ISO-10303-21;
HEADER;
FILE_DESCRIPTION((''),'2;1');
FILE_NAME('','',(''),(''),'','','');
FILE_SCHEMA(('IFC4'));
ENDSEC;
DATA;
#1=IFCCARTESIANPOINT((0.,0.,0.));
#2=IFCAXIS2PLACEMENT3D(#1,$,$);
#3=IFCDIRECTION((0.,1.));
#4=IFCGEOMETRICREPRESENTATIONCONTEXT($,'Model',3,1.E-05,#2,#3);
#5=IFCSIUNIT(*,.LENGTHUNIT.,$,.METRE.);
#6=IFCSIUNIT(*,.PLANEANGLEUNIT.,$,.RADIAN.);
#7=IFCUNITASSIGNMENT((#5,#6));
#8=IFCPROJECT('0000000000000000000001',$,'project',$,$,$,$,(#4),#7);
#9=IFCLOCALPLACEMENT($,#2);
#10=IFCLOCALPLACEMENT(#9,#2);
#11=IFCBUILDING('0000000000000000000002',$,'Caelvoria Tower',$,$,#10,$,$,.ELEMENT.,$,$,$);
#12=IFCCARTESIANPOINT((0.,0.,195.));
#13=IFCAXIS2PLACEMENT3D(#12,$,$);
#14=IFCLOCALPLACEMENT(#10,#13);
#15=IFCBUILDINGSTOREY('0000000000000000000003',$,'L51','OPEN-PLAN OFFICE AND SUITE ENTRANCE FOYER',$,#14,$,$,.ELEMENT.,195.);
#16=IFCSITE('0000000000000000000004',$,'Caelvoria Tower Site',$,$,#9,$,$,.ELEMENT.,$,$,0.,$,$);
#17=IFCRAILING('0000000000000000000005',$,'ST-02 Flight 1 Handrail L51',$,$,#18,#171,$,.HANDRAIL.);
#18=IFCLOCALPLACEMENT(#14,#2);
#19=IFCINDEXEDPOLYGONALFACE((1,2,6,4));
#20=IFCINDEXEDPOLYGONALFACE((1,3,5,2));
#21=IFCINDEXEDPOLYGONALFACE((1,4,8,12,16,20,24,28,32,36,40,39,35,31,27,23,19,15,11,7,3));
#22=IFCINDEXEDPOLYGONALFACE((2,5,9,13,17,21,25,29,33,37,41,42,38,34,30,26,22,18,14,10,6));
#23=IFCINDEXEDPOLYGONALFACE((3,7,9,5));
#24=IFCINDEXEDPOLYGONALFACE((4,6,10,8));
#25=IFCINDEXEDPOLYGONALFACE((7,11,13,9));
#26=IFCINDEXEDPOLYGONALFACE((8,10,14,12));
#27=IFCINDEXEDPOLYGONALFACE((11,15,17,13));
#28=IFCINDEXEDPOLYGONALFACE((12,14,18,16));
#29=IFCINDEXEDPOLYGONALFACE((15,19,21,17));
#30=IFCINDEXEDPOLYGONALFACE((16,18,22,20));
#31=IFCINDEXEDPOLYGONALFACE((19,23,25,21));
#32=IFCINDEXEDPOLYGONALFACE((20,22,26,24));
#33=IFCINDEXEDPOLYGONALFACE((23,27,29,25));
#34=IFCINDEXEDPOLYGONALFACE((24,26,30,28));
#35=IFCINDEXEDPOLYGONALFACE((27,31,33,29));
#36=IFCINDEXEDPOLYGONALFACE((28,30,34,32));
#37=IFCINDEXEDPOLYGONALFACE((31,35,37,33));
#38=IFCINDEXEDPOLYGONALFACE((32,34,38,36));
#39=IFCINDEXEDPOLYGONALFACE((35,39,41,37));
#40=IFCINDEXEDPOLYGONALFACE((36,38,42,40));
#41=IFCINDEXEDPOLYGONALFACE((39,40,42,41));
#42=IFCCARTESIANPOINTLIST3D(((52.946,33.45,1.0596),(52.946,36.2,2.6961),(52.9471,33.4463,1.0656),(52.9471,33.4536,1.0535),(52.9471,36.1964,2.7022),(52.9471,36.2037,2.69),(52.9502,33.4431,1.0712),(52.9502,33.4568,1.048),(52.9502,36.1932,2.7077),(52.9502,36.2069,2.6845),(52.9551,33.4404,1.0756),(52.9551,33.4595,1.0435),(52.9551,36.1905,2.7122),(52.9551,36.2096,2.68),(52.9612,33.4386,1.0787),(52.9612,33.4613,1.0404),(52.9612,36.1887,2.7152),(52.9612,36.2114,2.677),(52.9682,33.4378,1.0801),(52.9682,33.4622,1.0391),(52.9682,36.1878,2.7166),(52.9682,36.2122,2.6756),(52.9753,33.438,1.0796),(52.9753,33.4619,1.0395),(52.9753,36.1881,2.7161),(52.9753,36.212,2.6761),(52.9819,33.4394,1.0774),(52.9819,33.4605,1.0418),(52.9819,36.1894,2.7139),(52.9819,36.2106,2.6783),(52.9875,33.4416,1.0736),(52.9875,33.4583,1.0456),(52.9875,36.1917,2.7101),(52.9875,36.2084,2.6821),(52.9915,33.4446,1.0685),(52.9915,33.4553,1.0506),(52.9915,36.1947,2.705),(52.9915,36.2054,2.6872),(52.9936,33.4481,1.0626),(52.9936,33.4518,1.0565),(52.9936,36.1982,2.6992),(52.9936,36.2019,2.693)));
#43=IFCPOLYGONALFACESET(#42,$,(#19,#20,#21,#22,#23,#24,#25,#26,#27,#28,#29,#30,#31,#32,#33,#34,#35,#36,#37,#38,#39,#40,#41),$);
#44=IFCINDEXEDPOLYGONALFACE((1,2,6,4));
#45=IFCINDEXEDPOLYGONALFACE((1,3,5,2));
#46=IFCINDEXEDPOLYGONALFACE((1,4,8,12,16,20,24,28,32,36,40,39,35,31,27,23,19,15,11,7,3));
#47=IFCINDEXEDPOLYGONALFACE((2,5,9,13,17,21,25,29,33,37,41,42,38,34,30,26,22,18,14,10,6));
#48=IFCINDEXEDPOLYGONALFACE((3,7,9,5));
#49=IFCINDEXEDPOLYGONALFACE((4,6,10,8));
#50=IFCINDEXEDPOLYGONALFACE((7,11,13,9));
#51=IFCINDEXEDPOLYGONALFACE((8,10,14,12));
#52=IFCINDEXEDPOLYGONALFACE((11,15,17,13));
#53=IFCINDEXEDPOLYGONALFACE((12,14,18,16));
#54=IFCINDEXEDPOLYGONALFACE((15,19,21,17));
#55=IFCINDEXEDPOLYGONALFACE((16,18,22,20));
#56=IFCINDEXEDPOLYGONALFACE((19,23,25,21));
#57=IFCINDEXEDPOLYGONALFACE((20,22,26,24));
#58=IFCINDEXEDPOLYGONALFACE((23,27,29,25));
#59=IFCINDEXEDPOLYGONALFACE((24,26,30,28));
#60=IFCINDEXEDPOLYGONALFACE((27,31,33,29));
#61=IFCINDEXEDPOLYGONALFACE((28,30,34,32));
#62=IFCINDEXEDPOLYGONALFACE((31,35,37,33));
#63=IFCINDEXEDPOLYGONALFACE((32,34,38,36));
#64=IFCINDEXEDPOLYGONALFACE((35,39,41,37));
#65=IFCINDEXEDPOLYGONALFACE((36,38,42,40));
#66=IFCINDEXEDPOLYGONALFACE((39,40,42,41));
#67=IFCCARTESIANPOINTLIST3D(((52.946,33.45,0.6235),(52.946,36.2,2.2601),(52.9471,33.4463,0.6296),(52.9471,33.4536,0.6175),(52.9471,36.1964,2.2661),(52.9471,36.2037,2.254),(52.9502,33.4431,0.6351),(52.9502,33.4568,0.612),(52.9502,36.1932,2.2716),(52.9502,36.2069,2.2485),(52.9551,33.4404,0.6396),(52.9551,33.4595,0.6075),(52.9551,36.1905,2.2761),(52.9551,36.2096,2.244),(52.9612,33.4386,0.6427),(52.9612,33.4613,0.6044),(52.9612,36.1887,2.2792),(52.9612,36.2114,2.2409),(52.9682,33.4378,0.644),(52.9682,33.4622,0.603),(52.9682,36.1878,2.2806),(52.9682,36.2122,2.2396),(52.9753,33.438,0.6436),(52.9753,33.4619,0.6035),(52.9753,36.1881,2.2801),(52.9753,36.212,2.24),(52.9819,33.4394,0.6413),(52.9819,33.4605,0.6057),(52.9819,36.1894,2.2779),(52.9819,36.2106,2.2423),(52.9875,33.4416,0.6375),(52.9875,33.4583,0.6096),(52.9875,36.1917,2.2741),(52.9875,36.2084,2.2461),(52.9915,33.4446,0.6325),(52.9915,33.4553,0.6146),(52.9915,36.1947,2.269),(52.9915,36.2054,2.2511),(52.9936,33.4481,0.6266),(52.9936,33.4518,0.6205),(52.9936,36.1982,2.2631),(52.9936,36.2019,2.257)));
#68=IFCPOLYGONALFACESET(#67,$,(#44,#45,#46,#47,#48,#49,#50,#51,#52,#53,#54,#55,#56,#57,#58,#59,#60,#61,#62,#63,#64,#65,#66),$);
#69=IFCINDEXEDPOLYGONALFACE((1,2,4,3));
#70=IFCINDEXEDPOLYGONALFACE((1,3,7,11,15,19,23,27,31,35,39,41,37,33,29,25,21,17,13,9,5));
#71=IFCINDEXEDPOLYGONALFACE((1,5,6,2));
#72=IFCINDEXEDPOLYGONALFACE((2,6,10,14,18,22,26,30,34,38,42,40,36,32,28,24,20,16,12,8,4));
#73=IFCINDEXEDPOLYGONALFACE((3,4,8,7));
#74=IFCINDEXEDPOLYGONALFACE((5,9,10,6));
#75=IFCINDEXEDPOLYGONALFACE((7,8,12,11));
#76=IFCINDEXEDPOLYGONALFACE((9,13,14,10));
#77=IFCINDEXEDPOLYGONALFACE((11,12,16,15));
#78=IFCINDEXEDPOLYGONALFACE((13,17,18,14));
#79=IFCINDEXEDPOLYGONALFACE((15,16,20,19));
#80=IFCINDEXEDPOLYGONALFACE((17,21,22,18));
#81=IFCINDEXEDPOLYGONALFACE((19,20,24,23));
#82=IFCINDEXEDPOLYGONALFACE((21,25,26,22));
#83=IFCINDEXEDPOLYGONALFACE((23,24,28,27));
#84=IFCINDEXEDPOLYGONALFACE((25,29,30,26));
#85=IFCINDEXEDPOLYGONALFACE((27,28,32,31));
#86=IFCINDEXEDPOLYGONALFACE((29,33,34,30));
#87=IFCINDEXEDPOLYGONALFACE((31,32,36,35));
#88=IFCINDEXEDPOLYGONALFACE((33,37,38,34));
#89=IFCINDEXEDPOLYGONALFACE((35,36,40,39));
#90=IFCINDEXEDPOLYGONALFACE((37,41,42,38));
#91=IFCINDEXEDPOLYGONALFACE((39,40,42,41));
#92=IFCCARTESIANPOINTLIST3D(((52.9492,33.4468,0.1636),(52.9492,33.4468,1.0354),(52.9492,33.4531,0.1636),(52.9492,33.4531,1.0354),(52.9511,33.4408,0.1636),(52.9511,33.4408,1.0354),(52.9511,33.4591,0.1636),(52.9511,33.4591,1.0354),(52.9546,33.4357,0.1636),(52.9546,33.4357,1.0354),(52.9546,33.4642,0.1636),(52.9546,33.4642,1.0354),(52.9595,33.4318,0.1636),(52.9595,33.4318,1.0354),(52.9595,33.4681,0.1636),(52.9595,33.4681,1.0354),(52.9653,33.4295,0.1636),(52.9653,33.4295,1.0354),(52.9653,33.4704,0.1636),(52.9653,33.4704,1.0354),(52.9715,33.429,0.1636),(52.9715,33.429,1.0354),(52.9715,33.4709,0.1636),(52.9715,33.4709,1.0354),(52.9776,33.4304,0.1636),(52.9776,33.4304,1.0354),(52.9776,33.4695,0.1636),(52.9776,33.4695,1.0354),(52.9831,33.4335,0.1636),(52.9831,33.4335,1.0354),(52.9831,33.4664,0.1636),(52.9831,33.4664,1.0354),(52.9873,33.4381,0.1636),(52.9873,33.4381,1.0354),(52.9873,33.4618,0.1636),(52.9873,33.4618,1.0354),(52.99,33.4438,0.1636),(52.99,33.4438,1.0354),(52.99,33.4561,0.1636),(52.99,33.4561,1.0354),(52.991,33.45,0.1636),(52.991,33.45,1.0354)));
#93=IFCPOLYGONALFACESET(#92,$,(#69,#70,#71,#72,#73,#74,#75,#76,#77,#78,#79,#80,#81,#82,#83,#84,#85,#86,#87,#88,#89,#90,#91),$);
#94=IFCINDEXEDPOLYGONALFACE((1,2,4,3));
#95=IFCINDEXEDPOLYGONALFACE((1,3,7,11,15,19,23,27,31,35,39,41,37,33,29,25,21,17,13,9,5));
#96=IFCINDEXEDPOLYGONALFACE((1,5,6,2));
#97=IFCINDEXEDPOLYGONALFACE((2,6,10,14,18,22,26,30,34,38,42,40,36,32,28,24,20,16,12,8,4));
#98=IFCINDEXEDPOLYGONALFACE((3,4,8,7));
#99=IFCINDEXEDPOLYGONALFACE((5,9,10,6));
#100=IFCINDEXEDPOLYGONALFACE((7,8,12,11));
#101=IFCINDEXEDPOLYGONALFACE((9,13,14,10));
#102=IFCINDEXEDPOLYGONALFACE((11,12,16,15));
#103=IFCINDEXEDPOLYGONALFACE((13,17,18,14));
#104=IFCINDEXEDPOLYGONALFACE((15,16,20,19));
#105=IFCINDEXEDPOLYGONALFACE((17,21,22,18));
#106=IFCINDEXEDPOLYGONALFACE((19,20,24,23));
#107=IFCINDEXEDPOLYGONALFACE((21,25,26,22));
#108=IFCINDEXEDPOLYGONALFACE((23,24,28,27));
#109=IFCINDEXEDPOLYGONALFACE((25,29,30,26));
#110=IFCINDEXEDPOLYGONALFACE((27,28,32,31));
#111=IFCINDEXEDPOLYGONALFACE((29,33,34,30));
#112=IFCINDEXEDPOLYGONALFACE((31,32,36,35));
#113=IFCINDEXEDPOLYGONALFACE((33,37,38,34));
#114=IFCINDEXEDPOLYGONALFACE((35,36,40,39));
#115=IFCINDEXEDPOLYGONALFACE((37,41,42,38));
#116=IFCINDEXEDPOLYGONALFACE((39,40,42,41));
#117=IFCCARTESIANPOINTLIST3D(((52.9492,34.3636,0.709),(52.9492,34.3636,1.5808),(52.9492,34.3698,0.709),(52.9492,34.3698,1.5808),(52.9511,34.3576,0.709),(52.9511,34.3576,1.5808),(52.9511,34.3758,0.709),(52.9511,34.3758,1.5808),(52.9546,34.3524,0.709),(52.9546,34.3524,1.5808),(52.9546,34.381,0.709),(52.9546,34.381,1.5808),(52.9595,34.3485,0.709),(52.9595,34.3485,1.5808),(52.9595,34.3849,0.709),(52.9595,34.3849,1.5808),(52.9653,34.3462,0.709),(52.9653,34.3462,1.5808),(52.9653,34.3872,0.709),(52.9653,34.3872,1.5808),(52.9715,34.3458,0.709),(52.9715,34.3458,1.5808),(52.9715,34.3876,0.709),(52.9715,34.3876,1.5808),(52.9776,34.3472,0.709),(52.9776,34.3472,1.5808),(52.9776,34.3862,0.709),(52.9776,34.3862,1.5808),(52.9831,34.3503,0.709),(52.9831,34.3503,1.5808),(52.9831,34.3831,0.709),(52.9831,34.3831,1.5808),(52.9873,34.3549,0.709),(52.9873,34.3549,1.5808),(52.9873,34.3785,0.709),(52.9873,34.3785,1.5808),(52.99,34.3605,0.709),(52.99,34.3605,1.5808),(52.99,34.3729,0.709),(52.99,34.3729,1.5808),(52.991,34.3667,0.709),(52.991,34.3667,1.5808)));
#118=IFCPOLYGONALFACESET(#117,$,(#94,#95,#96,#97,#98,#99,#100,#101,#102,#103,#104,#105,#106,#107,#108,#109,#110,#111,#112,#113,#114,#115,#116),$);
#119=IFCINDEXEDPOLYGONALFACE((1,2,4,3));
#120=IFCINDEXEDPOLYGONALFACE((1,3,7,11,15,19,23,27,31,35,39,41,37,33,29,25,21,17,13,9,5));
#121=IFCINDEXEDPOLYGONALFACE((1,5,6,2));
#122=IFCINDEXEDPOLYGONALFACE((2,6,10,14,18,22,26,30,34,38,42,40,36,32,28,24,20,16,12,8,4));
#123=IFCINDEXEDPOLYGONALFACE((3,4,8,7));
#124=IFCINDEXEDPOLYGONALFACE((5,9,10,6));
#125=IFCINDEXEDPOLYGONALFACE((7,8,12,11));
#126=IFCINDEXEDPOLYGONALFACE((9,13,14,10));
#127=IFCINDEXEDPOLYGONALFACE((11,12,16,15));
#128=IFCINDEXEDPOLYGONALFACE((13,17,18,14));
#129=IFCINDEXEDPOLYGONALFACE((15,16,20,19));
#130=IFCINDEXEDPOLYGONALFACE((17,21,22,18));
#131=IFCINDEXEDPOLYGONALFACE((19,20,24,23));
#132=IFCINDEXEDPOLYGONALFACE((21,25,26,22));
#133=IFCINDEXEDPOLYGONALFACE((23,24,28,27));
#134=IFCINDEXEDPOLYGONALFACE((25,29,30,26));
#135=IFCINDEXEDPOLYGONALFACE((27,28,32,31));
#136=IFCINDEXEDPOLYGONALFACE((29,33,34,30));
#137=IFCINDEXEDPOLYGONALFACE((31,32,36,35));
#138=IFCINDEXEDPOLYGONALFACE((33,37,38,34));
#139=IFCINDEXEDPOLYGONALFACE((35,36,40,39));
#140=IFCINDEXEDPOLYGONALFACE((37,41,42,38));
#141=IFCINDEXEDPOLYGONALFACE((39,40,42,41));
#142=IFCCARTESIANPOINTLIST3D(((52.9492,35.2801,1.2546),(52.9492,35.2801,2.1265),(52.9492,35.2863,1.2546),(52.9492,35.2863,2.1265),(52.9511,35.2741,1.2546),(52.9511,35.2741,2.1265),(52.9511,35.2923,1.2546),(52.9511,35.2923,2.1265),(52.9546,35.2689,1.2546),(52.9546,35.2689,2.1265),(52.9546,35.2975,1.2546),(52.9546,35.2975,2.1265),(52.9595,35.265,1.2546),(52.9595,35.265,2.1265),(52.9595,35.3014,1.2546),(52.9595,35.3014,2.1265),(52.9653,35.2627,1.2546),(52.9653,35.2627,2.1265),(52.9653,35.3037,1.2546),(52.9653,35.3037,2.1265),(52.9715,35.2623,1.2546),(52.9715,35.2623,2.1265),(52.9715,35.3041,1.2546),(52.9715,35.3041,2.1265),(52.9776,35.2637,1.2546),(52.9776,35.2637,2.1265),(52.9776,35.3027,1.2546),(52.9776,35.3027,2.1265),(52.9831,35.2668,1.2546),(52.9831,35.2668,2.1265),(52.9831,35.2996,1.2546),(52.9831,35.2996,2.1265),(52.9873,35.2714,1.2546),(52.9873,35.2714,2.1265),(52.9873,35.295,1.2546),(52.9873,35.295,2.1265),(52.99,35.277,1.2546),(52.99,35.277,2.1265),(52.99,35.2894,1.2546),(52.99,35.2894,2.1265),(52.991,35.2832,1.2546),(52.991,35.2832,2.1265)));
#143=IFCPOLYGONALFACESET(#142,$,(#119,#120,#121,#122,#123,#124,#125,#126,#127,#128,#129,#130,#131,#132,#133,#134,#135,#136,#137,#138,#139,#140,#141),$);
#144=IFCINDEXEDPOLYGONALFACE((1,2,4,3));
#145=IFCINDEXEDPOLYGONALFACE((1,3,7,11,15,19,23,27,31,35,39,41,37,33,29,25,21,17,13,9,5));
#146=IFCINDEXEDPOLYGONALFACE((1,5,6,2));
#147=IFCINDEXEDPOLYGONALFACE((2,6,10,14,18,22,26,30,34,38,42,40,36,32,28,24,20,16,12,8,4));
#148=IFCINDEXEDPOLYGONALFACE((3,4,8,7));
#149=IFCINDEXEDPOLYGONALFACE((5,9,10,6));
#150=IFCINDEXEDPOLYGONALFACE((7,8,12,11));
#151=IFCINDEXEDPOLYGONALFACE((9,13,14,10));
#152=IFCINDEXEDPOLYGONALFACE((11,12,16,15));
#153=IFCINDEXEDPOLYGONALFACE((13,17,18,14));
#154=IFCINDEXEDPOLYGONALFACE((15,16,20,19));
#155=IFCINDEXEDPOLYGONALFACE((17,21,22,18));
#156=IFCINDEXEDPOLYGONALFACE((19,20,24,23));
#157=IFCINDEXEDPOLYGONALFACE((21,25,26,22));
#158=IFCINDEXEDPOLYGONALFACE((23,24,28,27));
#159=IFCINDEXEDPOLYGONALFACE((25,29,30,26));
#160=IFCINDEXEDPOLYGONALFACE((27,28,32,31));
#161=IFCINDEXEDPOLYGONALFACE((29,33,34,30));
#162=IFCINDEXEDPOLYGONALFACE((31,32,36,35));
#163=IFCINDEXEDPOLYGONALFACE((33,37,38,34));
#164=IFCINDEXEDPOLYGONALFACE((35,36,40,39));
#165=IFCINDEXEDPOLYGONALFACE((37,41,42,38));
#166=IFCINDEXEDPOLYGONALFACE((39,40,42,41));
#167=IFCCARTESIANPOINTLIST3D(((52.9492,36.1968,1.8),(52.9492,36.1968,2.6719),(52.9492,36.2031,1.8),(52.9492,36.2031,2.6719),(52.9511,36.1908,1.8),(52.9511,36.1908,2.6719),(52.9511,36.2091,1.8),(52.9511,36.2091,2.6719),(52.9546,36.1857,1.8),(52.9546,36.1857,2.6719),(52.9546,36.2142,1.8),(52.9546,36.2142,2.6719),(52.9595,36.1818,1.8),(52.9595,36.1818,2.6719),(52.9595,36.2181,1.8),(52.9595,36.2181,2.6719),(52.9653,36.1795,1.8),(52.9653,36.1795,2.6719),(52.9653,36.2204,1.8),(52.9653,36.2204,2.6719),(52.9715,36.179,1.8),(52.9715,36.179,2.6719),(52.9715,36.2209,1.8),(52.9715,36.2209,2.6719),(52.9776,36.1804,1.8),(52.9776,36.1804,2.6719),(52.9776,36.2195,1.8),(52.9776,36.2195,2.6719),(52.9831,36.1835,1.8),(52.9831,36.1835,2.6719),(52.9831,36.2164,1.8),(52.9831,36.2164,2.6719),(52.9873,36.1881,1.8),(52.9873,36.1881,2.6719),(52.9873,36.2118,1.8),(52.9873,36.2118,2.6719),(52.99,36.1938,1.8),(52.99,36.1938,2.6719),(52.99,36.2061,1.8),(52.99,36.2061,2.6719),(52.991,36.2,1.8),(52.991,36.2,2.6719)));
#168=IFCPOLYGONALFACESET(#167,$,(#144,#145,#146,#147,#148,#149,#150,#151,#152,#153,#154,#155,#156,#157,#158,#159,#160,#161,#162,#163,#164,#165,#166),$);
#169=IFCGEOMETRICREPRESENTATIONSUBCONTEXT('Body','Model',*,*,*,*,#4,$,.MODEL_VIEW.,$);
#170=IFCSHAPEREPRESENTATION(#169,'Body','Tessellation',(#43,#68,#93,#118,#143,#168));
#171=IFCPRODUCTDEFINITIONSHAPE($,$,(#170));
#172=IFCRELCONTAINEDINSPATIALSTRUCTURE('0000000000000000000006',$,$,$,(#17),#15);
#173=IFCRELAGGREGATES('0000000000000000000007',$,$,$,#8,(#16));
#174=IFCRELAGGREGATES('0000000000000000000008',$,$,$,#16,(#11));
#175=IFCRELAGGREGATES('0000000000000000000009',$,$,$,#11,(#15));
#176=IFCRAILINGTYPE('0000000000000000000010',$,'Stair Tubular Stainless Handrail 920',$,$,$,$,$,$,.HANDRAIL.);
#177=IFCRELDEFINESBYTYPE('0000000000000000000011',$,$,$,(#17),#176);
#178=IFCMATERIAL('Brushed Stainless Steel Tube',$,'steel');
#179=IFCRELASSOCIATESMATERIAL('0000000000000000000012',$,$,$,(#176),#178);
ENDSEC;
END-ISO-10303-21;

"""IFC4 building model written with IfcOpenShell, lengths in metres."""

from ifc_helpers import new_model, si_unit, direction, frame, origin, origin_2d, place, context, subcontext, project, spatial, circle, extrude, material, type_object, element, save


model = new_model("IFC4")

# Units and contexts
model_context = context("Model", 3, precision=1e-05, world=origin(), true_north=direction((0.0, 1.0)))
body_context = subcontext(model_context, "Body", "Model", "MODEL_VIEW")
ifc_project = project(units=[si_unit("LENGTHUNIT", "METRE"), si_unit("PLANEANGLEUNIT", "RADIAN")], contexts=[model_context])

# Site, building, storey
site_placement = place(None, origin())
site = spatial("IfcSite", under=ifc_project, at=site_placement, Name="Caelvoria Tower Site", CompositionType="ELEMENT", RefElevation=0.0)
building_placement = place(site_placement, origin())
building = spatial("IfcBuilding", under=site, at=building_placement, Name="Caelvoria Tower", CompositionType="ELEMENT")
storey_placement = place(building_placement, frame((0.0, 0.0, 195.0)))
storey = spatial("IfcBuildingStorey", under=building, at=storey_placement, Name="L51", Description="OPEN-PLAN OFFICE AND SUITE ENTRANCE FOYER", CompositionType="ELEMENT", Elevation=195.0)

# Railing
ifc_material_1 = material(Name="Brushed Stainless Steel Tube", Category="steel")
railing_type_1 = type_object("IfcRailingType", Name="Stair Tubular Stainless Handrail 920", PredefinedType="HANDRAIL", material=ifc_material_1)
railing_1_placement = place(storey_placement, frame((52.97, 33.45, 0.1636)))
element("IfcRailing", 1, at=railing_1_placement, inside=storey, type_object=railing_type_1, Name="ST-02 Flight 1 Handrail L51", PredefinedType="HANDRAIL", context=body_context, shape_type="SweptSolid", body=[
    extrude(circle(Radius=0.0239, at=origin_2d()), frame((0.0, 0.0, 0.896), z_axis=(0.0, 0.859352, 0.511385), x_axis=(-1.0, 0.0, 0.0)), (0.0, 0.0, 1.0), 3.2002),
    extrude(circle(Radius=0.0239, at=origin_2d()), frame((0.0, 0.0, 0.46), z_axis=(0.0, 0.859352, 0.511385), x_axis=(-1.0, 0.0, 0.0)), (0.0, 0.0, 1.0), 3.2002),
    extrude(circle(Radius=0.021, at=origin_2d()), origin(), (0.0, 0.0, 1.0), 0.8718),
    extrude(circle(Radius=0.021, at=origin_2d()), frame((0.0, 0.9167, 0.5454)), (0.0, 0.0, 1.0), 0.8718),
    extrude(circle(Radius=0.021, at=origin_2d()), frame((0.0, 1.8333, 1.0911)), (0.0, 0.0, 1.0), 0.8718),
    extrude(circle(Radius=0.021, at=origin_2d()), frame((0.0, 2.75, 1.6365)), (0.0, 0.0, 1.0), 0.8718),
])

save(model, "model.ifc")
